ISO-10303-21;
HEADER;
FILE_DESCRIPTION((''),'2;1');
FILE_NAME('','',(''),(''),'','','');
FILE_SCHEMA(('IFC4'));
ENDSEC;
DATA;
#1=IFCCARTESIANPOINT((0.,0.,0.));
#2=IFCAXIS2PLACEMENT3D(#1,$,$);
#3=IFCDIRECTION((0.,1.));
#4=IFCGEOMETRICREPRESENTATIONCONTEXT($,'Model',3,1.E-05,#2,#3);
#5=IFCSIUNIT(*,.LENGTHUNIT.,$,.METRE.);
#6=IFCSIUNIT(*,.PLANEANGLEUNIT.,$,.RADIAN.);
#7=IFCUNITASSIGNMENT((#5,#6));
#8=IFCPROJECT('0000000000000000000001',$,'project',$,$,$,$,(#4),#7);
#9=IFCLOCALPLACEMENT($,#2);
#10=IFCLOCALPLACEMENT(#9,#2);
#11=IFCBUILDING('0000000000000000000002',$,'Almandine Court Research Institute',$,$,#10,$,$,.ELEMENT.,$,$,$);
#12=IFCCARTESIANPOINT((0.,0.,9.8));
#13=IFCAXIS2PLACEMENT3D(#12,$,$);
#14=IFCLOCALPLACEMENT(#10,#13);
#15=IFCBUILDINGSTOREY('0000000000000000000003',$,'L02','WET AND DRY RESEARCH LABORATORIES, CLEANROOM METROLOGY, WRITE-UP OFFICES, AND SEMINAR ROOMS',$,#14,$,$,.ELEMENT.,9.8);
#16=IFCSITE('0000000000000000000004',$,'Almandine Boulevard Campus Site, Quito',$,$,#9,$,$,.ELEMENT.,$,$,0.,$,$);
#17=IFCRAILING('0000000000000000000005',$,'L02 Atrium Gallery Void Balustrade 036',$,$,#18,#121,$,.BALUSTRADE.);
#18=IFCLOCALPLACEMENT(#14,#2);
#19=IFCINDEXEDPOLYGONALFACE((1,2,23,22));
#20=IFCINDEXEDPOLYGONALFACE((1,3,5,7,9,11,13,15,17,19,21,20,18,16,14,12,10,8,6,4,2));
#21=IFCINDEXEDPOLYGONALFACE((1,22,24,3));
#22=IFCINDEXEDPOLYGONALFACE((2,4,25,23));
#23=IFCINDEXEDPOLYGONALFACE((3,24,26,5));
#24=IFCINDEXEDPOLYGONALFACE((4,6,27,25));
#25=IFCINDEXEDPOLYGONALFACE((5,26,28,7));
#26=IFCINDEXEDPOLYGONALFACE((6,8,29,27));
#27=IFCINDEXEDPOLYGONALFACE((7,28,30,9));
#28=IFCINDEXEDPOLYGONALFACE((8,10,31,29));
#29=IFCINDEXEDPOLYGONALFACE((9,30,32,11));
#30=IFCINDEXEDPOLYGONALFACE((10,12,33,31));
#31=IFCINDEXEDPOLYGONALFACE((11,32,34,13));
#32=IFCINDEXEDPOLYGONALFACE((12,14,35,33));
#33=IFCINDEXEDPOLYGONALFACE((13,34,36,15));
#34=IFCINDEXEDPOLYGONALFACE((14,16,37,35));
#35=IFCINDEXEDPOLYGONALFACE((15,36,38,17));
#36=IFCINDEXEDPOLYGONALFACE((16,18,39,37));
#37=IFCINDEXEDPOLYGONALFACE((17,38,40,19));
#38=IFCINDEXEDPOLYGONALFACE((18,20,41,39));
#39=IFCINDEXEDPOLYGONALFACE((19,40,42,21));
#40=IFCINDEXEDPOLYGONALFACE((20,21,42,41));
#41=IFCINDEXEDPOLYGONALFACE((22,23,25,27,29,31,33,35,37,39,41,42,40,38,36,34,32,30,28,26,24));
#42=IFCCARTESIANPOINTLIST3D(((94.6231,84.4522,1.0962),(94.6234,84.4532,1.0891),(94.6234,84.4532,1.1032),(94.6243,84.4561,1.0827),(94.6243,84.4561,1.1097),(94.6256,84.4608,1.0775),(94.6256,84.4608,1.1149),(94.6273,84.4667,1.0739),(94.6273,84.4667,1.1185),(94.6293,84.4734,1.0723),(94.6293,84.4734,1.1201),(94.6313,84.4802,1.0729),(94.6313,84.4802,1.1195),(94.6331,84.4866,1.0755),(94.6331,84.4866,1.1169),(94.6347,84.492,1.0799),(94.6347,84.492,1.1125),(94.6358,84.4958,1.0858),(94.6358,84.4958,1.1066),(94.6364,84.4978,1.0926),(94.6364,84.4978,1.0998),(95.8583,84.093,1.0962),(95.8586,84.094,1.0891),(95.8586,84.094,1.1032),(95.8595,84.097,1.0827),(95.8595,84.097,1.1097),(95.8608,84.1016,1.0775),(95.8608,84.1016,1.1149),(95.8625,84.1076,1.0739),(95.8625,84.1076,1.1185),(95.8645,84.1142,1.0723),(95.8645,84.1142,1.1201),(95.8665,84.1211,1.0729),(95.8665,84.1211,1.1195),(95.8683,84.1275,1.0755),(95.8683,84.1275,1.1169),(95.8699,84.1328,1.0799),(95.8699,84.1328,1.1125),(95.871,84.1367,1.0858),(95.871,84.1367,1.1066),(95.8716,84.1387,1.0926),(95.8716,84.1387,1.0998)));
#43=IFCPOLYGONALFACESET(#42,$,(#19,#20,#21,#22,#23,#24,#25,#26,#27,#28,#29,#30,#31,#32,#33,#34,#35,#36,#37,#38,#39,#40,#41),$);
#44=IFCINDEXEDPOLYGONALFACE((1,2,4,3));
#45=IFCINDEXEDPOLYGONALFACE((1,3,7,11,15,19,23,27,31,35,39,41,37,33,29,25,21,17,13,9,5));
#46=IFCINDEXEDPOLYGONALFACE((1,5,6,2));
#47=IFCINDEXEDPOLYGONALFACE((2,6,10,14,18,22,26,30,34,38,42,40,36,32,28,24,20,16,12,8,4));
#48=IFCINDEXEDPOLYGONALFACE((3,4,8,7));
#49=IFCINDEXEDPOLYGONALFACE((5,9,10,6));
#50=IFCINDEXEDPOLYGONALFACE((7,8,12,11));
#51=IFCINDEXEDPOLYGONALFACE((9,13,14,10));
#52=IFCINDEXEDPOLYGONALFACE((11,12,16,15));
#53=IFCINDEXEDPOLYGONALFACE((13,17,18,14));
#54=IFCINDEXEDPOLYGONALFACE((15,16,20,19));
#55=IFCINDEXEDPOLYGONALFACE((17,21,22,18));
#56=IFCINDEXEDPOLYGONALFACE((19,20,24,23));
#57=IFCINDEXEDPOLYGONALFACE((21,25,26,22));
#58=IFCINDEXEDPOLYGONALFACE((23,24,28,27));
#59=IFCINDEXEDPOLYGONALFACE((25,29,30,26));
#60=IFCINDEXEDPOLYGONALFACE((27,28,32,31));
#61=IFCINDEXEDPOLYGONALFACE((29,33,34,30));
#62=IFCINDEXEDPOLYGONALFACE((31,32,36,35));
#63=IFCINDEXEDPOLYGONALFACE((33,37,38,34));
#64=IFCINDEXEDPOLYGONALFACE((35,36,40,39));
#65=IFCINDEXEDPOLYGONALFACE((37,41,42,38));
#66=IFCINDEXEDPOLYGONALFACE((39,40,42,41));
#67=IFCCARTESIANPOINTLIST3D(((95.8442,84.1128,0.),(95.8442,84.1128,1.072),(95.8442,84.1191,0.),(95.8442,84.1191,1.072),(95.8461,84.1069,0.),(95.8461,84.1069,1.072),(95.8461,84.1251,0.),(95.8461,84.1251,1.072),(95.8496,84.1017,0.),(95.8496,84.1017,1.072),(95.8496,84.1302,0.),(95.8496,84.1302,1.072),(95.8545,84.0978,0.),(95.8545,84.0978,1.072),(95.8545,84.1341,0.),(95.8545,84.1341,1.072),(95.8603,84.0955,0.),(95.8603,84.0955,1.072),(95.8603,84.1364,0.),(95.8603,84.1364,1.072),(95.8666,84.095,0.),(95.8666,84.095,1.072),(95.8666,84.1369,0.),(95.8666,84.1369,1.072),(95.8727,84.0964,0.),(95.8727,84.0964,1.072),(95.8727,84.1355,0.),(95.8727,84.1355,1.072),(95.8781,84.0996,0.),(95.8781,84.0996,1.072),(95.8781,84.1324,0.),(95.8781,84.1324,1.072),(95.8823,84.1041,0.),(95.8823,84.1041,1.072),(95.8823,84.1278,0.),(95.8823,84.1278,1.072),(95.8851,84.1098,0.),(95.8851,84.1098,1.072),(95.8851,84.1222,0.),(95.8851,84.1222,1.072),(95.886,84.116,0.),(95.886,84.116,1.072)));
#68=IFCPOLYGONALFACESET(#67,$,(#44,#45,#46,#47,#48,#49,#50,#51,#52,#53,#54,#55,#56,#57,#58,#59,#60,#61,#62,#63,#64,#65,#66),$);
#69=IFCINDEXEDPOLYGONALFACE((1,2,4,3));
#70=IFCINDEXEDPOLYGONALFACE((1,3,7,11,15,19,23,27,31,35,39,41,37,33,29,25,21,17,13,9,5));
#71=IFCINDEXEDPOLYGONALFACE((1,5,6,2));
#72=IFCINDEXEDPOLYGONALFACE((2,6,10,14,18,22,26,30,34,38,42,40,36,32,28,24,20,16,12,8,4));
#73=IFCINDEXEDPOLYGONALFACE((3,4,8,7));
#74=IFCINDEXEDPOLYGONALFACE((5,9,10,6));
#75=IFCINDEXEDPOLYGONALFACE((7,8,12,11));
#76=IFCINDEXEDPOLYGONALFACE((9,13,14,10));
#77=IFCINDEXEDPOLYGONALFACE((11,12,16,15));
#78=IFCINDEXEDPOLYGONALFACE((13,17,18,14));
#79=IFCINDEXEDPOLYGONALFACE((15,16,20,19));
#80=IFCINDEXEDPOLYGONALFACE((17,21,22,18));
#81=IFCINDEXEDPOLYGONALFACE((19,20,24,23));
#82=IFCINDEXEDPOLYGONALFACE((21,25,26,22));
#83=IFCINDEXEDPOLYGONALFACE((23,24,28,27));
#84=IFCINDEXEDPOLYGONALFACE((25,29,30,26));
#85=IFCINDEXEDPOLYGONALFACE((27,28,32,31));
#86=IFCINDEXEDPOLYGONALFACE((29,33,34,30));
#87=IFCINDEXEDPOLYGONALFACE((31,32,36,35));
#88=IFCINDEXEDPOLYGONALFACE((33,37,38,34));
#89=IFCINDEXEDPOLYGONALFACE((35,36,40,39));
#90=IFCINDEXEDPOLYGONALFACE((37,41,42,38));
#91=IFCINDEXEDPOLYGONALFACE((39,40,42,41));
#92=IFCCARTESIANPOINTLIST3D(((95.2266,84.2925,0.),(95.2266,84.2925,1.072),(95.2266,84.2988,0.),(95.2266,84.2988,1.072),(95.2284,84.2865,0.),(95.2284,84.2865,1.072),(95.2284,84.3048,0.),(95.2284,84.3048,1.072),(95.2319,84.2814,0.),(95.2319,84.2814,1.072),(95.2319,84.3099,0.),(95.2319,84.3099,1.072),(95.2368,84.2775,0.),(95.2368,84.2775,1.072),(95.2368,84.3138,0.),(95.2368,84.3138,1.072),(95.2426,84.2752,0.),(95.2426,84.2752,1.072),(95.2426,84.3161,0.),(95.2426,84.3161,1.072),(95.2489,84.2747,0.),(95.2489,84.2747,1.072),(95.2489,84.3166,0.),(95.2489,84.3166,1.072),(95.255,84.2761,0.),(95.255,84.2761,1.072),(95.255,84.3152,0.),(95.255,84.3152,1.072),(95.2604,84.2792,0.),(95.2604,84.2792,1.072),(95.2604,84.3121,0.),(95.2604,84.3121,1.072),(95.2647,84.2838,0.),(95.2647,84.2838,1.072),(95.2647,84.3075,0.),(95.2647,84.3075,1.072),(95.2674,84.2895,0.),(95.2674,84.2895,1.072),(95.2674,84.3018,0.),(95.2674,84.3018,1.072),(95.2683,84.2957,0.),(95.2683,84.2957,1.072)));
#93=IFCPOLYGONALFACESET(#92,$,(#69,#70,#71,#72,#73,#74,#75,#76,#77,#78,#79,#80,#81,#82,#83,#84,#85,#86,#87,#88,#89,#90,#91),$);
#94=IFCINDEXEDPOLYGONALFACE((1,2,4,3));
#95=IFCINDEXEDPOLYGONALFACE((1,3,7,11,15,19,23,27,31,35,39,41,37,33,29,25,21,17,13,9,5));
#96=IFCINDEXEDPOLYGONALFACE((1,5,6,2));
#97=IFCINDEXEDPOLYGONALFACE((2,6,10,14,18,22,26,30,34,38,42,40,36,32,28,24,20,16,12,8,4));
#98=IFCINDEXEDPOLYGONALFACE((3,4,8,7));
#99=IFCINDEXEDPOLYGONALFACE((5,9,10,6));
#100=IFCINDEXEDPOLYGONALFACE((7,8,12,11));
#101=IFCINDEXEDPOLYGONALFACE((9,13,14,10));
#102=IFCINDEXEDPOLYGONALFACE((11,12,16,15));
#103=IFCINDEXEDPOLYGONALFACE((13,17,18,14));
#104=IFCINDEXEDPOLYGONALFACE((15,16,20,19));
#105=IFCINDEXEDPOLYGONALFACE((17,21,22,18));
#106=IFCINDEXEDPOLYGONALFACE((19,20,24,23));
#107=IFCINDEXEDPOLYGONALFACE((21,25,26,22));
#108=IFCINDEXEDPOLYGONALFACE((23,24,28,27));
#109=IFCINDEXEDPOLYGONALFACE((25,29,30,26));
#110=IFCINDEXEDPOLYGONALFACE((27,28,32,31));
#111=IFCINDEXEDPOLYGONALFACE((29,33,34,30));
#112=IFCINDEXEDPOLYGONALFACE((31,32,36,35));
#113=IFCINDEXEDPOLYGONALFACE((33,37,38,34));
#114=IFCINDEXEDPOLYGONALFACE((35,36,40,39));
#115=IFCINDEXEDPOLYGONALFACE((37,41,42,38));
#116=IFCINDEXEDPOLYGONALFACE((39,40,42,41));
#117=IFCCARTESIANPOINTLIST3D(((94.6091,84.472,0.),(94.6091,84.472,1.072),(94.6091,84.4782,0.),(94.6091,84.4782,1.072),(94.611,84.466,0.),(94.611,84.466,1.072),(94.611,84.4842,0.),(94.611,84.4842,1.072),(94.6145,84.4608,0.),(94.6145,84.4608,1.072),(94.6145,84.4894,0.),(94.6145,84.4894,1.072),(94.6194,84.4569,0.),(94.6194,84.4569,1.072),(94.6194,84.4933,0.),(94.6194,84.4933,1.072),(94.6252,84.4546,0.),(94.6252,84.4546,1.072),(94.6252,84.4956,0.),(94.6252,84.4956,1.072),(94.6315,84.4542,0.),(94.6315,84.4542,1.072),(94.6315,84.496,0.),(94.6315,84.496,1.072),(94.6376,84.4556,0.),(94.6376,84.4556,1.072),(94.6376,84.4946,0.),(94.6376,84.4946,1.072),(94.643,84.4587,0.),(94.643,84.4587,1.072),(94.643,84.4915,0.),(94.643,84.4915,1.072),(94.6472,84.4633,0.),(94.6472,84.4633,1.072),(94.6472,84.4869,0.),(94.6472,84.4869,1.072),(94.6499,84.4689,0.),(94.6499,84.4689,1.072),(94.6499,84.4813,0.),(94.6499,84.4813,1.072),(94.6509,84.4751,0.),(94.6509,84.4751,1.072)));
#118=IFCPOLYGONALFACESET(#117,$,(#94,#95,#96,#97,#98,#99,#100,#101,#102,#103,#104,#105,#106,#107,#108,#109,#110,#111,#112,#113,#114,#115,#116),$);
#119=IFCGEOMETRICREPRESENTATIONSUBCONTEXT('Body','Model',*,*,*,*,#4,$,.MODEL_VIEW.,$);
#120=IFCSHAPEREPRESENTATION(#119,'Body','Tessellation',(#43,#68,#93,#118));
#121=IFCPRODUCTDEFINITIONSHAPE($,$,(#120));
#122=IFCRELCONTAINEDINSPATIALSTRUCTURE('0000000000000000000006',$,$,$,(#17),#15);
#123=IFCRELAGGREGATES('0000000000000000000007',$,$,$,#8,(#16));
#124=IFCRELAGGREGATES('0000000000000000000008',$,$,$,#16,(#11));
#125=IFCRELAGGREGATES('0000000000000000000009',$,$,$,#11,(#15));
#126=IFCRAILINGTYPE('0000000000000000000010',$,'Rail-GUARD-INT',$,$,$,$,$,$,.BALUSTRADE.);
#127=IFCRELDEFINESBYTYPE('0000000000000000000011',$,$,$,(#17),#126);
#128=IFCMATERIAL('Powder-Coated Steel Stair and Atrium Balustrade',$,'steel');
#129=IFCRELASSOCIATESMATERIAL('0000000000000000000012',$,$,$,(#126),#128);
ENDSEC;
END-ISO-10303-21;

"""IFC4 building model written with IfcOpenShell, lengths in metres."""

from ifc_helpers import new_model, si_unit, direction, frame, origin, origin_2d, place, context, subcontext, project, spatial, circle, extrude, material, type_object, element, save


model = new_model("IFC4")

# Units and contexts
model_context = context("Model", 3, precision=1e-05, world=origin(), true_north=direction((0.0, 1.0)))
body_context = subcontext(model_context, "Body", "Model", "MODEL_VIEW")
ifc_project = project(units=[si_unit("LENGTHUNIT", "METRE"), si_unit("PLANEANGLEUNIT", "RADIAN")], contexts=[model_context])

# Site, building, storey
site_placement = place(None, origin())
site = spatial("IfcSite", under=ifc_project, at=site_placement, Name="Almandine Boulevard Campus Site, Quito", CompositionType="ELEMENT", RefElevation=0.0)
building_placement = place(site_placement, origin())
building = spatial("IfcBuilding", under=site, at=building_placement, Name="Almandine Court Research Institute", CompositionType="ELEMENT")
storey_placement = place(building_placement, frame((0.0, 0.0, 9.8)))
storey = spatial("IfcBuildingStorey", under=building, at=storey_placement, Name="L02", Description="WET AND DRY RESEARCH LABORATORIES, CLEANROOM METROLOGY, WRITE-UP OFFICES, AND SEMINAR ROOMS", CompositionType="ELEMENT", Elevation=9.8)

# Railing
ifc_material_1 = material(Name="Powder-Coated Steel Stair and Atrium Balustrade", Category="steel")
railing_type = type_object("IfcRailingType", Name="Rail-GUARD-INT", PredefinedType="BALUSTRADE", material=ifc_material_1)
railing_1_placement = place(storey_placement, frame((95.865, 84.116, 0.0)))
element("IfcRailing", 1, at=railing_1_placement, inside=storey, type_object=railing_type, Name="L02 Atrium Gallery Void Balustrade 036", PredefinedType="BALUSTRADE", context=body_context, shape_type="SweptSolid", body=[
    extrude(circle(Radius=0.0239, at=origin_2d()), frame((0.0, 0.0, 1.0962), z_axis=(-0.960231, 0.279205, 0.0), x_axis=(-0.279205, -0.960231, 0.0)), (0.0, 0.0, 1.0), 1.2864),
    extrude(circle(Radius=0.021, at=origin_2d()), origin(), (0.0, 0.0, 1.0), 1.072),
    extrude(circle(Radius=0.021, at=origin_2d()), frame((-0.6177, 0.1797, 0.0)), (0.0, 0.0, 1.0), 1.072),
    extrude(circle(Radius=0.021, at=origin_2d()), frame((-1.2351, 0.3591, 0.0)), (0.0, 0.0, 1.0), 1.072),
])

save(model, "model.ifc")
